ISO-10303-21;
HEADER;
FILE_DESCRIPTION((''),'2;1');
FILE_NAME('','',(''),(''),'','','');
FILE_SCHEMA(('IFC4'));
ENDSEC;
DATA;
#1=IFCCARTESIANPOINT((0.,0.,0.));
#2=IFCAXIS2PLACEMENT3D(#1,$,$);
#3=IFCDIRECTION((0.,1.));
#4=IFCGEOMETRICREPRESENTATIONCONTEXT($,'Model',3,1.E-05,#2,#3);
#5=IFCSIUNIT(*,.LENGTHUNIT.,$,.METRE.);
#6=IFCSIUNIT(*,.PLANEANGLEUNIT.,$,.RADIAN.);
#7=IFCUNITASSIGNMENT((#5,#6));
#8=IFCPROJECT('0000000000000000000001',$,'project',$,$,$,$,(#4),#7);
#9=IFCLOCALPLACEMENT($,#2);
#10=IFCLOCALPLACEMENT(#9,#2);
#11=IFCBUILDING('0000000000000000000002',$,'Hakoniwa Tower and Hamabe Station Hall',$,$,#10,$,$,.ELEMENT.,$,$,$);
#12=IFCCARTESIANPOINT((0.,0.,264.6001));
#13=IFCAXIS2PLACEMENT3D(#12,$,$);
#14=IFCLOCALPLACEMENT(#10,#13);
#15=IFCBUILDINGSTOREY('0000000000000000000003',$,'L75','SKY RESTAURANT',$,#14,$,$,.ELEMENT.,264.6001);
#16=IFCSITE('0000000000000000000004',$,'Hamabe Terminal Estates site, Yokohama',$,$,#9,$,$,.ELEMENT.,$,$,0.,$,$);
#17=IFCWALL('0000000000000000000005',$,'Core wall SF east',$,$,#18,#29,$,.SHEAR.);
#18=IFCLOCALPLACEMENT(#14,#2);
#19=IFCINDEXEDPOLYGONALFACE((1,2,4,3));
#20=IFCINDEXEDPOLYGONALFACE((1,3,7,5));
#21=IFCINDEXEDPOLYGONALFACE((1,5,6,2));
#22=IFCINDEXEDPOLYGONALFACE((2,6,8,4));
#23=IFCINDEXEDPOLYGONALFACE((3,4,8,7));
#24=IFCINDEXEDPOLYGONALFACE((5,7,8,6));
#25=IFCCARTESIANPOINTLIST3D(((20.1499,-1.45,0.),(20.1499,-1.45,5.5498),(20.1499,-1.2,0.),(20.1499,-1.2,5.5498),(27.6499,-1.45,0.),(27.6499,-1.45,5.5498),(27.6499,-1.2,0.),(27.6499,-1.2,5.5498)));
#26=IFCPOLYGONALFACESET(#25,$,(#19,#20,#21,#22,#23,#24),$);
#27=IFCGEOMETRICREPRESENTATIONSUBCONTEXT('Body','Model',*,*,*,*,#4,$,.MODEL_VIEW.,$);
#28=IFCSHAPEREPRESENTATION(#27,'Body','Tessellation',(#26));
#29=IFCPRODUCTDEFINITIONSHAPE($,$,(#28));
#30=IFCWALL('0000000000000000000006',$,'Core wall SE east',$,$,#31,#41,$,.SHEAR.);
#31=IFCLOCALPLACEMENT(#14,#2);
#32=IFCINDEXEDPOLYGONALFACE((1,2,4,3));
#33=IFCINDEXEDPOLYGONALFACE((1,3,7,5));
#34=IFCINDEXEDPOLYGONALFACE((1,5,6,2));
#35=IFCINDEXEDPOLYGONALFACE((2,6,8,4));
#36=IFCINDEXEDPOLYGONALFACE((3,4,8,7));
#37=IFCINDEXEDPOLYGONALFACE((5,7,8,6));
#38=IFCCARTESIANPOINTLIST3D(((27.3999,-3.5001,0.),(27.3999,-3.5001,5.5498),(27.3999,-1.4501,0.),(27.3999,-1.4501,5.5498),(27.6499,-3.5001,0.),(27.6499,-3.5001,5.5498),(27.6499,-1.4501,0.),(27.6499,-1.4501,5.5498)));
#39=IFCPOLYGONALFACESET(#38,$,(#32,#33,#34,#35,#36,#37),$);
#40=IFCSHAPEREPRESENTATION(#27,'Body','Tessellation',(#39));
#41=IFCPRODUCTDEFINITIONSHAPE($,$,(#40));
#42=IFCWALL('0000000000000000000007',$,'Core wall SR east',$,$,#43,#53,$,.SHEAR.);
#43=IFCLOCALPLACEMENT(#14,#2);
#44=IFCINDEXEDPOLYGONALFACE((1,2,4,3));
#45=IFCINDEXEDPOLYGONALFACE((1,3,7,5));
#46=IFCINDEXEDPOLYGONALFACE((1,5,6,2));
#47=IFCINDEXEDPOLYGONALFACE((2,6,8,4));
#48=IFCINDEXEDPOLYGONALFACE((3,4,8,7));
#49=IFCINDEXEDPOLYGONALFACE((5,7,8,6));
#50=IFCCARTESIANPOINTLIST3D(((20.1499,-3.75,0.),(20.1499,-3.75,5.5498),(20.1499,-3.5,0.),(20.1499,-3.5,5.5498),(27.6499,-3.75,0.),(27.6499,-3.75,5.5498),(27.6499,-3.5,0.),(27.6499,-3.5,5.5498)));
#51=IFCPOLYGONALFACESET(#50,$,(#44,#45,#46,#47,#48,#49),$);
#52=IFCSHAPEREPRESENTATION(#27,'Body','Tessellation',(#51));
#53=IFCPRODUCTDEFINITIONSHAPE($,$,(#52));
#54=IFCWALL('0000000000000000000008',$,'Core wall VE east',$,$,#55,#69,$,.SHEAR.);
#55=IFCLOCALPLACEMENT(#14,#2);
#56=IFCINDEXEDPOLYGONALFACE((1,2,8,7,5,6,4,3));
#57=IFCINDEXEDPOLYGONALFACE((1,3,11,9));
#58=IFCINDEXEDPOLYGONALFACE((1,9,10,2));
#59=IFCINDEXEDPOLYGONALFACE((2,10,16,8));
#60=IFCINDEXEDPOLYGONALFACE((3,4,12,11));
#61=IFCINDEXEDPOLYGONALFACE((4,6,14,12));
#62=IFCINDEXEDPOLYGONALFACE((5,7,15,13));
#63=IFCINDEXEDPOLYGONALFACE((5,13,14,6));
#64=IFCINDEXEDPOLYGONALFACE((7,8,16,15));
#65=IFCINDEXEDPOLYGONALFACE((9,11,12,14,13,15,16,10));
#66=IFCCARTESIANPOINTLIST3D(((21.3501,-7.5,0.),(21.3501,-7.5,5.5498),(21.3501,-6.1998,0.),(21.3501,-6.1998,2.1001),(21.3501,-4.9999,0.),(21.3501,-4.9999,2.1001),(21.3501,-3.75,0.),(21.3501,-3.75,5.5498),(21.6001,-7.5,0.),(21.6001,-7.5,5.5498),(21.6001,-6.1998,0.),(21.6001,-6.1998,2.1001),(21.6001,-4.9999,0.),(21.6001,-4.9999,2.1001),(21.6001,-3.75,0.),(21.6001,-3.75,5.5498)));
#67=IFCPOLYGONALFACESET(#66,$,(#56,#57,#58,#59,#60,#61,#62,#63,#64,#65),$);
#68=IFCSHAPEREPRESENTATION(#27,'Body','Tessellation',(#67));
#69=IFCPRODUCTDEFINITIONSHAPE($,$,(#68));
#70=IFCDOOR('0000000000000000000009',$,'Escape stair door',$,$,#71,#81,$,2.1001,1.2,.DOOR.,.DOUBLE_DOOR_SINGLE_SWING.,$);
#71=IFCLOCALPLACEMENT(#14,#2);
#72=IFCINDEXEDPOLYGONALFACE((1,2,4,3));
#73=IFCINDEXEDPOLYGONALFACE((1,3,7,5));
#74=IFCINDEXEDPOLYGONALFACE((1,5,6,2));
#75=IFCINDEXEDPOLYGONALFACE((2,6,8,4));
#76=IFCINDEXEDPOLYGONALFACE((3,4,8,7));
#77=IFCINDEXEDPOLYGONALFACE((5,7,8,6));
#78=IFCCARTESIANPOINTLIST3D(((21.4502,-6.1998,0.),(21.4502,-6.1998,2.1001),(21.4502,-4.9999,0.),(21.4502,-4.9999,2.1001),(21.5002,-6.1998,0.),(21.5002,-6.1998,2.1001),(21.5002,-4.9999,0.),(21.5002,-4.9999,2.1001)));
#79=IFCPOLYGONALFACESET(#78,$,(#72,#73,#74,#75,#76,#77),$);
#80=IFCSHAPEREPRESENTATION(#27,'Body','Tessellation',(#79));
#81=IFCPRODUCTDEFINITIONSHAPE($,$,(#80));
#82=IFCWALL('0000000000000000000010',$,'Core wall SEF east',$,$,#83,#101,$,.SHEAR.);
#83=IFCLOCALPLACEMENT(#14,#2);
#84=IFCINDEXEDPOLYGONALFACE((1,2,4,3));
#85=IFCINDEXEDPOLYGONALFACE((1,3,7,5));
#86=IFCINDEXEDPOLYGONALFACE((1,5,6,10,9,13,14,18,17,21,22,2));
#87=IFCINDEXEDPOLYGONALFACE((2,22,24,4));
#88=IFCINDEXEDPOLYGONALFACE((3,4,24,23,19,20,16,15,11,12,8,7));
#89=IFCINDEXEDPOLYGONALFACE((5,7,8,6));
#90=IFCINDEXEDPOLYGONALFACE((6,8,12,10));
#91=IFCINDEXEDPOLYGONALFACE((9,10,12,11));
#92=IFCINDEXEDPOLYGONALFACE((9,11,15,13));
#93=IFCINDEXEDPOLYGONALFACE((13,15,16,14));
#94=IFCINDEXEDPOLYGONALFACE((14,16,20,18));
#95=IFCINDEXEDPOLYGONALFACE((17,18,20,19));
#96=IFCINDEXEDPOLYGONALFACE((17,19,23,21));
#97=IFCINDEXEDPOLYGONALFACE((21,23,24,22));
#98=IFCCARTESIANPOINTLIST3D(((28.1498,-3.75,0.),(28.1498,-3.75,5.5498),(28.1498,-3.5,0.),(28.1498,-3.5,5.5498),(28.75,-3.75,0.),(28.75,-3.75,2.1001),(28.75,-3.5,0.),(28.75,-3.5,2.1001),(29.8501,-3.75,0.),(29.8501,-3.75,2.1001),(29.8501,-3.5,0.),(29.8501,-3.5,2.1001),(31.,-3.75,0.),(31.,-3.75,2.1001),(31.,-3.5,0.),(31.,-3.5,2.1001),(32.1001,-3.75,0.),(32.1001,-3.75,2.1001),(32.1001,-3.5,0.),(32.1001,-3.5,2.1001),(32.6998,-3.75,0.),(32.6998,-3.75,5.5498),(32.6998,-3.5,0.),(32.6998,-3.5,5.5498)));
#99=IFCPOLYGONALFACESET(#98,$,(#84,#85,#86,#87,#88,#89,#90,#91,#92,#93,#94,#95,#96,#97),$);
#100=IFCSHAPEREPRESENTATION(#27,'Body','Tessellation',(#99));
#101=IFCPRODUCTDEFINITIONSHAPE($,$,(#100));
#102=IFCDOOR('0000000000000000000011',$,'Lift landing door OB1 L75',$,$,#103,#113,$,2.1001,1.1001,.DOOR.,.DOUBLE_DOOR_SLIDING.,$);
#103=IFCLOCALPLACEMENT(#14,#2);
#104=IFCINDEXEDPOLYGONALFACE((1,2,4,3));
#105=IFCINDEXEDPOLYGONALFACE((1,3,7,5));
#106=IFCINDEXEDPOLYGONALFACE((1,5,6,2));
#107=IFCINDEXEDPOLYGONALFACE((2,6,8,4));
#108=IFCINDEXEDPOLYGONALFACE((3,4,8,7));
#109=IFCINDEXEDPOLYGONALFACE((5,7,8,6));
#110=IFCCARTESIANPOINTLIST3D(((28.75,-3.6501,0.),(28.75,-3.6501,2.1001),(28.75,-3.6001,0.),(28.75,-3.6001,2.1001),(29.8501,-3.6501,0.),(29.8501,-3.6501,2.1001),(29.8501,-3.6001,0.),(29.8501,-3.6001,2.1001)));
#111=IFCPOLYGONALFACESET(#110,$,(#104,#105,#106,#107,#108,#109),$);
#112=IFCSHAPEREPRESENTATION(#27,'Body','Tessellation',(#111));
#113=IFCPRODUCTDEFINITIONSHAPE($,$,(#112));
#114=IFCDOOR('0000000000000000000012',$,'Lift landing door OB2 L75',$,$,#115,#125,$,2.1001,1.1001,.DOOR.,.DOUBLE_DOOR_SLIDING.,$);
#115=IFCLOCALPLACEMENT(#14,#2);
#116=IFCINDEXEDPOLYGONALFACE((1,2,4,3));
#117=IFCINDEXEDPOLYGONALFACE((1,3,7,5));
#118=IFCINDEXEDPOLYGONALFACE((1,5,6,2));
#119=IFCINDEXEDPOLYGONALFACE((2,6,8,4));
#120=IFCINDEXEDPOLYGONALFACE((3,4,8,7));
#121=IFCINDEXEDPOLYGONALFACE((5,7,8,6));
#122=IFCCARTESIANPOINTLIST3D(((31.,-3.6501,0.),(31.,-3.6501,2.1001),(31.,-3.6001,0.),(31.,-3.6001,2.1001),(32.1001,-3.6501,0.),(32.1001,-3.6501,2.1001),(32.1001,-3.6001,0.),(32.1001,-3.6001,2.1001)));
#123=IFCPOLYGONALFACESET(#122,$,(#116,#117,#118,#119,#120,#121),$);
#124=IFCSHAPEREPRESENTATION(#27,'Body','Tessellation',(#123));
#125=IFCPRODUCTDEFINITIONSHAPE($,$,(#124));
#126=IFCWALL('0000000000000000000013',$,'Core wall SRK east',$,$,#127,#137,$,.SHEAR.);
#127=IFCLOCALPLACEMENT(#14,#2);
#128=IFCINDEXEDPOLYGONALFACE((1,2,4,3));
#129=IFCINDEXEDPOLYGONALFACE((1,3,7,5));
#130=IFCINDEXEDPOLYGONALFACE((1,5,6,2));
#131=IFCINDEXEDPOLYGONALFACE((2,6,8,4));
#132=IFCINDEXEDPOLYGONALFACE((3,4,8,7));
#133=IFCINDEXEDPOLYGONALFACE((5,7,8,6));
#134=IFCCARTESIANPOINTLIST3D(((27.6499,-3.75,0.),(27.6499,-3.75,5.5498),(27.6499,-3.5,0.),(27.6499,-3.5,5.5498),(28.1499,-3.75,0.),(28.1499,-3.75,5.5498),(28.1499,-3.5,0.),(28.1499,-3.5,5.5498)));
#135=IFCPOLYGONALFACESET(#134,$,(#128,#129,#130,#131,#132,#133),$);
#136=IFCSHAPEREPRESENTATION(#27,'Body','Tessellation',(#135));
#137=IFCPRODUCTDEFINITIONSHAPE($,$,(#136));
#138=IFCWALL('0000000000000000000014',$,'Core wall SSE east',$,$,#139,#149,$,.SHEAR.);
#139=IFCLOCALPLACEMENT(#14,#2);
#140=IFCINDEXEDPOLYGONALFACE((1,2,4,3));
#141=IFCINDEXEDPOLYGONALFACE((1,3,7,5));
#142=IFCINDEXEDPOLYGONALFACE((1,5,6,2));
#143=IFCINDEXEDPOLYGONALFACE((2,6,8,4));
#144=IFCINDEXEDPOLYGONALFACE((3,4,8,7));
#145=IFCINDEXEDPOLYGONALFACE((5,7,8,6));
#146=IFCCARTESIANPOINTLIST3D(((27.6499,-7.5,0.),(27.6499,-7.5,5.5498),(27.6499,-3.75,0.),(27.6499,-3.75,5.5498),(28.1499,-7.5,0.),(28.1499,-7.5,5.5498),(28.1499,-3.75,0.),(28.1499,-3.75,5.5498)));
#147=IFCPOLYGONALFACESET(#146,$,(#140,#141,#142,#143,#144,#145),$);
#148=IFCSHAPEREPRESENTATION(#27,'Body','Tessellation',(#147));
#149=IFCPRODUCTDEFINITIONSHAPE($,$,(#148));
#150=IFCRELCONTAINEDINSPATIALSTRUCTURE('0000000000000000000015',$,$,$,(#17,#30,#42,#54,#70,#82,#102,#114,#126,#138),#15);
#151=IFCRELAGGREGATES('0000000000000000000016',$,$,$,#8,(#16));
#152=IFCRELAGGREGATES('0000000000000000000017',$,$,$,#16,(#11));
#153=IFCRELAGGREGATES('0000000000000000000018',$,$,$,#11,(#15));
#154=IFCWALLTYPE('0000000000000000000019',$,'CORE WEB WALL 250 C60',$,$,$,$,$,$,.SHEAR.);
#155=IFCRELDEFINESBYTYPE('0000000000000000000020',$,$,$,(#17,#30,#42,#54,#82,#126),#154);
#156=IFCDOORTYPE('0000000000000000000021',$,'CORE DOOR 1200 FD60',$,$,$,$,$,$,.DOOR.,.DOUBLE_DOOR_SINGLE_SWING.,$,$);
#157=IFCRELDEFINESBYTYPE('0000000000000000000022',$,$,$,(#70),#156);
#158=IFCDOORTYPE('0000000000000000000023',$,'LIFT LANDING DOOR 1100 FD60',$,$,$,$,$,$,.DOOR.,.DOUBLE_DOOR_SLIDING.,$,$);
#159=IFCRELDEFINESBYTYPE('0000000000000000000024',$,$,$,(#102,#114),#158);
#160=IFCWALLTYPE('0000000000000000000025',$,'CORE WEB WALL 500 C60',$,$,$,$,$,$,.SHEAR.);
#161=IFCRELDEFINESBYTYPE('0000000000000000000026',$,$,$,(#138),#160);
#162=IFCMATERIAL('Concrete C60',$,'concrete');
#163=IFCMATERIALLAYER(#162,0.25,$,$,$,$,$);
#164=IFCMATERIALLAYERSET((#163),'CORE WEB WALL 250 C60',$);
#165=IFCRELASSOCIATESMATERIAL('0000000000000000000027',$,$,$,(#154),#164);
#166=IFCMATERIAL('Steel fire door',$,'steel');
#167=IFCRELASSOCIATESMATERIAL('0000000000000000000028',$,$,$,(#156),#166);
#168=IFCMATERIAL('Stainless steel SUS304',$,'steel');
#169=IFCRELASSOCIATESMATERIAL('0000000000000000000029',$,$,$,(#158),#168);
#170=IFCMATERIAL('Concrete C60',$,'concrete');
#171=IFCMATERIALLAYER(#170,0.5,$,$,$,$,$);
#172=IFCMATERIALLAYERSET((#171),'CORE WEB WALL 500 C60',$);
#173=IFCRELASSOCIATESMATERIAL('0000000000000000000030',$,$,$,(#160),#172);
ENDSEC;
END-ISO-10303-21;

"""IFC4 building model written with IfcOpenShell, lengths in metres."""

from ifc_helpers import new_model, si_unit, direction, frame, frame_2d, origin, place, context, subcontext, project, spatial, rectangle, extrude, material, layer, layer_set, type_object, element, fill, save


model = new_model("IFC4")

# Units and contexts
model_context = context("Model", 3, precision=1e-05, world=origin(), true_north=direction((0.0, 1.0)))
body_context = subcontext(model_context, "Body", "Model", "MODEL_VIEW")
ifc_project = project(units=[si_unit("LENGTHUNIT", "METRE"), si_unit("PLANEANGLEUNIT", "RADIAN")], contexts=[model_context])

# Site, building, storey
site_placement = place(None, origin())
site = spatial("IfcSite", under=ifc_project, at=site_placement, Name="Hamabe Terminal Estates site, Yokohama", CompositionType="ELEMENT", RefElevation=0.0)
building_placement = place(site_placement, origin())
building = spatial("IfcBuilding", under=site, at=building_placement, Name="Hakoniwa Tower and Hamabe Station Hall", CompositionType="ELEMENT")
storey_placement = place(building_placement, frame((0.0, 0.0, 264.6001)))
storey = spatial("IfcBuildingStorey", under=building, at=storey_placement, Name="L75", Description="SKY RESTAURANT", CompositionType="ELEMENT", Elevation=264.6001)

# Walls
ifc_material_1 = material(Name="Concrete C60", Category="concrete")
ifc_layer_1 = layer(ifc_material_1, 0.25)
ifc_layer_set_1 = layer_set([ifc_layer_1], Name="CORE WEB WALL 250 C60")
wall_type_1 = type_object("IfcWallType", Name="CORE WEB WALL 250 C60", PredefinedType="SHEAR", material=ifc_layer_set_1)
wall_1_placement = place(storey_placement, frame((20.1499, -1.325, 0.0), z_axis=(0.0, 0.0, 1.0), x_axis=(1.0, 0.0, 0.0)))
element("IfcWall", 1, at=wall_1_placement, inside=storey, type_object=wall_type_1, Name="Core wall SF east", PredefinedType="SHEAR", context=body_context, shape_type="SweptSolid", body=[
    extrude(rectangle(XDim=7.5, YDim=0.25, at=frame_2d((3.75, 0.0))), origin(), (0.0, 0.0, 1.0), 5.5498),
])
wall_2_placement = place(storey_placement, frame((27.5249, -3.5, 0.0), z_axis=(0.0, 0.0, 1.0), x_axis=(0.0, 1.0, 0.0)))
element("IfcWall", 2, at=wall_2_placement, inside=storey, type_object=wall_type_1, Name="Core wall SE east", PredefinedType="SHEAR", context=body_context, shape_type="SweptSolid", body=[
    extrude(rectangle(XDim=2.05, YDim=0.25, at=frame_2d((1.0249, 0.0))), origin(), (0.0, 0.0, 1.0), 5.5498),
])
wall_3_placement = place(storey_placement, frame((20.1499, -3.625, 0.0), z_axis=(0.0, 0.0, 1.0), x_axis=(1.0, 0.0, 0.0)))
element("IfcWall", 3, at=wall_3_placement, inside=storey, type_object=wall_type_1, Name="Core wall SR east", PredefinedType="SHEAR", context=body_context, shape_type="SweptSolid", body=[
    extrude(rectangle(XDim=7.5, YDim=0.25, at=frame_2d((3.75, 0.0))), origin(), (0.0, 0.0, 1.0), 5.5498),
])

# Wall, opening, door
wall_4_placement = place(storey_placement, frame((21.4751, -7.5, 0.0), z_axis=(0.0, 0.0, 1.0), x_axis=(0.0, 1.0, 0.0)))
wall_4 = element("IfcWall", 4, at=wall_4_placement, inside=storey, type_object=wall_type_1, Name="Core wall VE east", PredefinedType="SHEAR", context=body_context, shape_type="SweptSolid", body=[
    extrude(rectangle(XDim=3.75, YDim=0.25, at=frame_2d((1.875, 0.0))), origin(), (0.0, 0.0, 1.0), 5.5498),
])
opening_1_placement = place(wall_4_placement, frame((1.3, 0.0, 0.0)))
opening_1 = element("IfcOpeningElement", 5, at=opening_1_placement, cuts=wall_4, PredefinedType="OPENING", context=body_context, shape_type="SweptSolid", body=[
    extrude(rectangle(XDim=1.2, YDim=2.1001, at=frame_2d((0.6001, 1.05))), frame((0.0, 0.135, 0.0), z_axis=(0.0, -1.0, 0.0), x_axis=(1.0, 0.0, 0.0)), (0.0, 0.0, 1.0), 0.27),
])
ifc_material_2 = material(Name="Steel fire door", Category="steel")
door_type_1 = type_object("IfcDoorType", Name="CORE DOOR 1200 FD60", OperationType="DOUBLE_DOOR_SINGLE_SWING", PredefinedType="DOOR", material=ifc_material_2)
door_1_placement = place(opening_1_placement, origin())
door_1 = element("IfcDoor", 6, at=door_1_placement, inside=storey, type_object=door_type_1, Name="Escape stair door", OperationType="DOUBLE_DOOR_SINGLE_SWING", OverallHeight=2.1001, OverallWidth=1.2, PredefinedType="DOOR", context=body_context, shape_type="SweptSolid", body=[
    extrude(rectangle(XDim=1.2, YDim=2.1001, at=frame_2d((0.6001, 1.05))), frame((0.0, 0.0249, 0.0), z_axis=(0.0, -1.0, 0.0), x_axis=(1.0, 0.0, 0.0)), (0.0, 0.0, 1.0), 0.05),
])
fill(opening_1, door_1)

# Wall, openings, doors
wall_5_placement = place(storey_placement, frame((28.1499, -3.625, 0.0), z_axis=(0.0, 0.0, 1.0), x_axis=(1.0, 0.0, 0.0)))
wall_5 = element("IfcWall", 7, at=wall_5_placement, inside=storey, type_object=wall_type_1, Name="Core wall SEF east", PredefinedType="SHEAR", context=body_context, shape_type="SweptSolid", body=[
    extrude(rectangle(XDim=4.55, YDim=0.25, at=frame_2d((2.2749, 0.0))), origin(), (0.0, 0.0, 1.0), 5.5498),
])
opening_2_placement = place(wall_5_placement, frame((0.6001, 0.0, 0.0)))
opening_2 = element("IfcOpeningElement", 8, at=opening_2_placement, cuts=wall_5, PredefinedType="OPENING", context=body_context, shape_type="SweptSolid", body=[
    extrude(rectangle(XDim=1.1001, YDim=2.1001, at=frame_2d((0.55, 1.05))), frame((0.0, 0.135, 0.0), z_axis=(0.0, -1.0, 0.0), x_axis=(1.0, 0.0, 0.0)), (0.0, 0.0, 1.0), 0.27),
])
opening_3_placement = place(wall_5_placement, frame((2.8501, 0.0, 0.0)))
opening_3 = element("IfcOpeningElement", 9, at=opening_3_placement, cuts=wall_5, PredefinedType="OPENING", context=body_context, shape_type="SweptSolid", body=[
    extrude(rectangle(XDim=1.1001, YDim=2.1001, at=frame_2d((0.55, 1.05))), frame((0.0, 0.135, 0.0), z_axis=(0.0, -1.0, 0.0), x_axis=(1.0, 0.0, 0.0)), (0.0, 0.0, 1.0), 0.27),
])
ifc_material_3 = material(Name="Stainless steel SUS304", Category="steel")
door_type_2 = type_object("IfcDoorType", Name="LIFT LANDING DOOR 1100 FD60", OperationType="DOUBLE_DOOR_SLIDING", PredefinedType="DOOR", material=ifc_material_3)
door_2_placement = place(opening_2_placement, origin())
door_2 = element("IfcDoor", 10, at=door_2_placement, inside=storey, type_object=door_type_2, Name="Lift landing door OB1 L75", OperationType="DOUBLE_DOOR_SLIDING", OverallHeight=2.1001, OverallWidth=1.1001, PredefinedType="DOOR", context=body_context, shape_type="SweptSolid", body=[
    extrude(rectangle(XDim=1.1001, YDim=2.1001, at=frame_2d((0.55, 1.05))), frame((0.0, 0.0249, 0.0), z_axis=(0.0, -1.0, 0.0), x_axis=(1.0, 0.0, 0.0)), (0.0, 0.0, 1.0), 0.05),
])
fill(opening_2, door_2)
door_3_placement = place(opening_3_placement, origin())
door_3 = element("IfcDoor", 11, at=door_3_placement, inside=storey, type_object=door_type_2, Name="Lift landing door OB2 L75", OperationType="DOUBLE_DOOR_SLIDING", OverallHeight=2.1001, OverallWidth=1.1001, PredefinedType="DOOR", context=body_context, shape_type="SweptSolid", body=[
    extrude(rectangle(XDim=1.1001, YDim=2.1001, at=frame_2d((0.55, 1.05))), frame((0.0, 0.0249, 0.0), z_axis=(0.0, -1.0, 0.0), x_axis=(1.0, 0.0, 0.0)), (0.0, 0.0, 1.0), 0.05),
])
fill(opening_3, door_3)

# Walls
wall_6_placement = place(storey_placement, frame((27.6499, -3.625, 0.0), z_axis=(0.0, 0.0, 1.0), x_axis=(1.0, 0.0, 0.0)))
element("IfcWall", 12, at=wall_6_placement, inside=storey, type_object=wall_type_1, Name="Core wall SRK east", PredefinedType="SHEAR", context=body_context, shape_type="SweptSolid", body=[
    extrude(rectangle(XDim=0.5, YDim=0.25, at=frame_2d((0.25, 0.0))), origin(), (0.0, 0.0, 1.0), 5.5498),
])
ifc_material_4 = material(Name="Concrete C60", Category="concrete")
ifc_layer_2 = layer(ifc_material_4, 0.5)
ifc_layer_set_2 = layer_set([ifc_layer_2], Name="CORE WEB WALL 500 C60")
wall_type_2 = type_object("IfcWallType", Name="CORE WEB WALL 500 C60", PredefinedType="SHEAR", material=ifc_layer_set_2)
wall_7_placement = place(storey_placement, frame((27.8999, -7.5, 0.0), z_axis=(0.0, 0.0, 1.0), x_axis=(0.0, 1.0, 0.0)))
element("IfcWall", 13, at=wall_7_placement, inside=storey, type_object=wall_type_2, Name="Core wall SSE east", PredefinedType="SHEAR", context=body_context, shape_type="SweptSolid", body=[
    extrude(rectangle(XDim=3.75, YDim=0.5, at=frame_2d((1.875, 0.0))), origin(), (0.0, 0.0, 1.0), 5.5498),
])

save(model, "model.ifc")
